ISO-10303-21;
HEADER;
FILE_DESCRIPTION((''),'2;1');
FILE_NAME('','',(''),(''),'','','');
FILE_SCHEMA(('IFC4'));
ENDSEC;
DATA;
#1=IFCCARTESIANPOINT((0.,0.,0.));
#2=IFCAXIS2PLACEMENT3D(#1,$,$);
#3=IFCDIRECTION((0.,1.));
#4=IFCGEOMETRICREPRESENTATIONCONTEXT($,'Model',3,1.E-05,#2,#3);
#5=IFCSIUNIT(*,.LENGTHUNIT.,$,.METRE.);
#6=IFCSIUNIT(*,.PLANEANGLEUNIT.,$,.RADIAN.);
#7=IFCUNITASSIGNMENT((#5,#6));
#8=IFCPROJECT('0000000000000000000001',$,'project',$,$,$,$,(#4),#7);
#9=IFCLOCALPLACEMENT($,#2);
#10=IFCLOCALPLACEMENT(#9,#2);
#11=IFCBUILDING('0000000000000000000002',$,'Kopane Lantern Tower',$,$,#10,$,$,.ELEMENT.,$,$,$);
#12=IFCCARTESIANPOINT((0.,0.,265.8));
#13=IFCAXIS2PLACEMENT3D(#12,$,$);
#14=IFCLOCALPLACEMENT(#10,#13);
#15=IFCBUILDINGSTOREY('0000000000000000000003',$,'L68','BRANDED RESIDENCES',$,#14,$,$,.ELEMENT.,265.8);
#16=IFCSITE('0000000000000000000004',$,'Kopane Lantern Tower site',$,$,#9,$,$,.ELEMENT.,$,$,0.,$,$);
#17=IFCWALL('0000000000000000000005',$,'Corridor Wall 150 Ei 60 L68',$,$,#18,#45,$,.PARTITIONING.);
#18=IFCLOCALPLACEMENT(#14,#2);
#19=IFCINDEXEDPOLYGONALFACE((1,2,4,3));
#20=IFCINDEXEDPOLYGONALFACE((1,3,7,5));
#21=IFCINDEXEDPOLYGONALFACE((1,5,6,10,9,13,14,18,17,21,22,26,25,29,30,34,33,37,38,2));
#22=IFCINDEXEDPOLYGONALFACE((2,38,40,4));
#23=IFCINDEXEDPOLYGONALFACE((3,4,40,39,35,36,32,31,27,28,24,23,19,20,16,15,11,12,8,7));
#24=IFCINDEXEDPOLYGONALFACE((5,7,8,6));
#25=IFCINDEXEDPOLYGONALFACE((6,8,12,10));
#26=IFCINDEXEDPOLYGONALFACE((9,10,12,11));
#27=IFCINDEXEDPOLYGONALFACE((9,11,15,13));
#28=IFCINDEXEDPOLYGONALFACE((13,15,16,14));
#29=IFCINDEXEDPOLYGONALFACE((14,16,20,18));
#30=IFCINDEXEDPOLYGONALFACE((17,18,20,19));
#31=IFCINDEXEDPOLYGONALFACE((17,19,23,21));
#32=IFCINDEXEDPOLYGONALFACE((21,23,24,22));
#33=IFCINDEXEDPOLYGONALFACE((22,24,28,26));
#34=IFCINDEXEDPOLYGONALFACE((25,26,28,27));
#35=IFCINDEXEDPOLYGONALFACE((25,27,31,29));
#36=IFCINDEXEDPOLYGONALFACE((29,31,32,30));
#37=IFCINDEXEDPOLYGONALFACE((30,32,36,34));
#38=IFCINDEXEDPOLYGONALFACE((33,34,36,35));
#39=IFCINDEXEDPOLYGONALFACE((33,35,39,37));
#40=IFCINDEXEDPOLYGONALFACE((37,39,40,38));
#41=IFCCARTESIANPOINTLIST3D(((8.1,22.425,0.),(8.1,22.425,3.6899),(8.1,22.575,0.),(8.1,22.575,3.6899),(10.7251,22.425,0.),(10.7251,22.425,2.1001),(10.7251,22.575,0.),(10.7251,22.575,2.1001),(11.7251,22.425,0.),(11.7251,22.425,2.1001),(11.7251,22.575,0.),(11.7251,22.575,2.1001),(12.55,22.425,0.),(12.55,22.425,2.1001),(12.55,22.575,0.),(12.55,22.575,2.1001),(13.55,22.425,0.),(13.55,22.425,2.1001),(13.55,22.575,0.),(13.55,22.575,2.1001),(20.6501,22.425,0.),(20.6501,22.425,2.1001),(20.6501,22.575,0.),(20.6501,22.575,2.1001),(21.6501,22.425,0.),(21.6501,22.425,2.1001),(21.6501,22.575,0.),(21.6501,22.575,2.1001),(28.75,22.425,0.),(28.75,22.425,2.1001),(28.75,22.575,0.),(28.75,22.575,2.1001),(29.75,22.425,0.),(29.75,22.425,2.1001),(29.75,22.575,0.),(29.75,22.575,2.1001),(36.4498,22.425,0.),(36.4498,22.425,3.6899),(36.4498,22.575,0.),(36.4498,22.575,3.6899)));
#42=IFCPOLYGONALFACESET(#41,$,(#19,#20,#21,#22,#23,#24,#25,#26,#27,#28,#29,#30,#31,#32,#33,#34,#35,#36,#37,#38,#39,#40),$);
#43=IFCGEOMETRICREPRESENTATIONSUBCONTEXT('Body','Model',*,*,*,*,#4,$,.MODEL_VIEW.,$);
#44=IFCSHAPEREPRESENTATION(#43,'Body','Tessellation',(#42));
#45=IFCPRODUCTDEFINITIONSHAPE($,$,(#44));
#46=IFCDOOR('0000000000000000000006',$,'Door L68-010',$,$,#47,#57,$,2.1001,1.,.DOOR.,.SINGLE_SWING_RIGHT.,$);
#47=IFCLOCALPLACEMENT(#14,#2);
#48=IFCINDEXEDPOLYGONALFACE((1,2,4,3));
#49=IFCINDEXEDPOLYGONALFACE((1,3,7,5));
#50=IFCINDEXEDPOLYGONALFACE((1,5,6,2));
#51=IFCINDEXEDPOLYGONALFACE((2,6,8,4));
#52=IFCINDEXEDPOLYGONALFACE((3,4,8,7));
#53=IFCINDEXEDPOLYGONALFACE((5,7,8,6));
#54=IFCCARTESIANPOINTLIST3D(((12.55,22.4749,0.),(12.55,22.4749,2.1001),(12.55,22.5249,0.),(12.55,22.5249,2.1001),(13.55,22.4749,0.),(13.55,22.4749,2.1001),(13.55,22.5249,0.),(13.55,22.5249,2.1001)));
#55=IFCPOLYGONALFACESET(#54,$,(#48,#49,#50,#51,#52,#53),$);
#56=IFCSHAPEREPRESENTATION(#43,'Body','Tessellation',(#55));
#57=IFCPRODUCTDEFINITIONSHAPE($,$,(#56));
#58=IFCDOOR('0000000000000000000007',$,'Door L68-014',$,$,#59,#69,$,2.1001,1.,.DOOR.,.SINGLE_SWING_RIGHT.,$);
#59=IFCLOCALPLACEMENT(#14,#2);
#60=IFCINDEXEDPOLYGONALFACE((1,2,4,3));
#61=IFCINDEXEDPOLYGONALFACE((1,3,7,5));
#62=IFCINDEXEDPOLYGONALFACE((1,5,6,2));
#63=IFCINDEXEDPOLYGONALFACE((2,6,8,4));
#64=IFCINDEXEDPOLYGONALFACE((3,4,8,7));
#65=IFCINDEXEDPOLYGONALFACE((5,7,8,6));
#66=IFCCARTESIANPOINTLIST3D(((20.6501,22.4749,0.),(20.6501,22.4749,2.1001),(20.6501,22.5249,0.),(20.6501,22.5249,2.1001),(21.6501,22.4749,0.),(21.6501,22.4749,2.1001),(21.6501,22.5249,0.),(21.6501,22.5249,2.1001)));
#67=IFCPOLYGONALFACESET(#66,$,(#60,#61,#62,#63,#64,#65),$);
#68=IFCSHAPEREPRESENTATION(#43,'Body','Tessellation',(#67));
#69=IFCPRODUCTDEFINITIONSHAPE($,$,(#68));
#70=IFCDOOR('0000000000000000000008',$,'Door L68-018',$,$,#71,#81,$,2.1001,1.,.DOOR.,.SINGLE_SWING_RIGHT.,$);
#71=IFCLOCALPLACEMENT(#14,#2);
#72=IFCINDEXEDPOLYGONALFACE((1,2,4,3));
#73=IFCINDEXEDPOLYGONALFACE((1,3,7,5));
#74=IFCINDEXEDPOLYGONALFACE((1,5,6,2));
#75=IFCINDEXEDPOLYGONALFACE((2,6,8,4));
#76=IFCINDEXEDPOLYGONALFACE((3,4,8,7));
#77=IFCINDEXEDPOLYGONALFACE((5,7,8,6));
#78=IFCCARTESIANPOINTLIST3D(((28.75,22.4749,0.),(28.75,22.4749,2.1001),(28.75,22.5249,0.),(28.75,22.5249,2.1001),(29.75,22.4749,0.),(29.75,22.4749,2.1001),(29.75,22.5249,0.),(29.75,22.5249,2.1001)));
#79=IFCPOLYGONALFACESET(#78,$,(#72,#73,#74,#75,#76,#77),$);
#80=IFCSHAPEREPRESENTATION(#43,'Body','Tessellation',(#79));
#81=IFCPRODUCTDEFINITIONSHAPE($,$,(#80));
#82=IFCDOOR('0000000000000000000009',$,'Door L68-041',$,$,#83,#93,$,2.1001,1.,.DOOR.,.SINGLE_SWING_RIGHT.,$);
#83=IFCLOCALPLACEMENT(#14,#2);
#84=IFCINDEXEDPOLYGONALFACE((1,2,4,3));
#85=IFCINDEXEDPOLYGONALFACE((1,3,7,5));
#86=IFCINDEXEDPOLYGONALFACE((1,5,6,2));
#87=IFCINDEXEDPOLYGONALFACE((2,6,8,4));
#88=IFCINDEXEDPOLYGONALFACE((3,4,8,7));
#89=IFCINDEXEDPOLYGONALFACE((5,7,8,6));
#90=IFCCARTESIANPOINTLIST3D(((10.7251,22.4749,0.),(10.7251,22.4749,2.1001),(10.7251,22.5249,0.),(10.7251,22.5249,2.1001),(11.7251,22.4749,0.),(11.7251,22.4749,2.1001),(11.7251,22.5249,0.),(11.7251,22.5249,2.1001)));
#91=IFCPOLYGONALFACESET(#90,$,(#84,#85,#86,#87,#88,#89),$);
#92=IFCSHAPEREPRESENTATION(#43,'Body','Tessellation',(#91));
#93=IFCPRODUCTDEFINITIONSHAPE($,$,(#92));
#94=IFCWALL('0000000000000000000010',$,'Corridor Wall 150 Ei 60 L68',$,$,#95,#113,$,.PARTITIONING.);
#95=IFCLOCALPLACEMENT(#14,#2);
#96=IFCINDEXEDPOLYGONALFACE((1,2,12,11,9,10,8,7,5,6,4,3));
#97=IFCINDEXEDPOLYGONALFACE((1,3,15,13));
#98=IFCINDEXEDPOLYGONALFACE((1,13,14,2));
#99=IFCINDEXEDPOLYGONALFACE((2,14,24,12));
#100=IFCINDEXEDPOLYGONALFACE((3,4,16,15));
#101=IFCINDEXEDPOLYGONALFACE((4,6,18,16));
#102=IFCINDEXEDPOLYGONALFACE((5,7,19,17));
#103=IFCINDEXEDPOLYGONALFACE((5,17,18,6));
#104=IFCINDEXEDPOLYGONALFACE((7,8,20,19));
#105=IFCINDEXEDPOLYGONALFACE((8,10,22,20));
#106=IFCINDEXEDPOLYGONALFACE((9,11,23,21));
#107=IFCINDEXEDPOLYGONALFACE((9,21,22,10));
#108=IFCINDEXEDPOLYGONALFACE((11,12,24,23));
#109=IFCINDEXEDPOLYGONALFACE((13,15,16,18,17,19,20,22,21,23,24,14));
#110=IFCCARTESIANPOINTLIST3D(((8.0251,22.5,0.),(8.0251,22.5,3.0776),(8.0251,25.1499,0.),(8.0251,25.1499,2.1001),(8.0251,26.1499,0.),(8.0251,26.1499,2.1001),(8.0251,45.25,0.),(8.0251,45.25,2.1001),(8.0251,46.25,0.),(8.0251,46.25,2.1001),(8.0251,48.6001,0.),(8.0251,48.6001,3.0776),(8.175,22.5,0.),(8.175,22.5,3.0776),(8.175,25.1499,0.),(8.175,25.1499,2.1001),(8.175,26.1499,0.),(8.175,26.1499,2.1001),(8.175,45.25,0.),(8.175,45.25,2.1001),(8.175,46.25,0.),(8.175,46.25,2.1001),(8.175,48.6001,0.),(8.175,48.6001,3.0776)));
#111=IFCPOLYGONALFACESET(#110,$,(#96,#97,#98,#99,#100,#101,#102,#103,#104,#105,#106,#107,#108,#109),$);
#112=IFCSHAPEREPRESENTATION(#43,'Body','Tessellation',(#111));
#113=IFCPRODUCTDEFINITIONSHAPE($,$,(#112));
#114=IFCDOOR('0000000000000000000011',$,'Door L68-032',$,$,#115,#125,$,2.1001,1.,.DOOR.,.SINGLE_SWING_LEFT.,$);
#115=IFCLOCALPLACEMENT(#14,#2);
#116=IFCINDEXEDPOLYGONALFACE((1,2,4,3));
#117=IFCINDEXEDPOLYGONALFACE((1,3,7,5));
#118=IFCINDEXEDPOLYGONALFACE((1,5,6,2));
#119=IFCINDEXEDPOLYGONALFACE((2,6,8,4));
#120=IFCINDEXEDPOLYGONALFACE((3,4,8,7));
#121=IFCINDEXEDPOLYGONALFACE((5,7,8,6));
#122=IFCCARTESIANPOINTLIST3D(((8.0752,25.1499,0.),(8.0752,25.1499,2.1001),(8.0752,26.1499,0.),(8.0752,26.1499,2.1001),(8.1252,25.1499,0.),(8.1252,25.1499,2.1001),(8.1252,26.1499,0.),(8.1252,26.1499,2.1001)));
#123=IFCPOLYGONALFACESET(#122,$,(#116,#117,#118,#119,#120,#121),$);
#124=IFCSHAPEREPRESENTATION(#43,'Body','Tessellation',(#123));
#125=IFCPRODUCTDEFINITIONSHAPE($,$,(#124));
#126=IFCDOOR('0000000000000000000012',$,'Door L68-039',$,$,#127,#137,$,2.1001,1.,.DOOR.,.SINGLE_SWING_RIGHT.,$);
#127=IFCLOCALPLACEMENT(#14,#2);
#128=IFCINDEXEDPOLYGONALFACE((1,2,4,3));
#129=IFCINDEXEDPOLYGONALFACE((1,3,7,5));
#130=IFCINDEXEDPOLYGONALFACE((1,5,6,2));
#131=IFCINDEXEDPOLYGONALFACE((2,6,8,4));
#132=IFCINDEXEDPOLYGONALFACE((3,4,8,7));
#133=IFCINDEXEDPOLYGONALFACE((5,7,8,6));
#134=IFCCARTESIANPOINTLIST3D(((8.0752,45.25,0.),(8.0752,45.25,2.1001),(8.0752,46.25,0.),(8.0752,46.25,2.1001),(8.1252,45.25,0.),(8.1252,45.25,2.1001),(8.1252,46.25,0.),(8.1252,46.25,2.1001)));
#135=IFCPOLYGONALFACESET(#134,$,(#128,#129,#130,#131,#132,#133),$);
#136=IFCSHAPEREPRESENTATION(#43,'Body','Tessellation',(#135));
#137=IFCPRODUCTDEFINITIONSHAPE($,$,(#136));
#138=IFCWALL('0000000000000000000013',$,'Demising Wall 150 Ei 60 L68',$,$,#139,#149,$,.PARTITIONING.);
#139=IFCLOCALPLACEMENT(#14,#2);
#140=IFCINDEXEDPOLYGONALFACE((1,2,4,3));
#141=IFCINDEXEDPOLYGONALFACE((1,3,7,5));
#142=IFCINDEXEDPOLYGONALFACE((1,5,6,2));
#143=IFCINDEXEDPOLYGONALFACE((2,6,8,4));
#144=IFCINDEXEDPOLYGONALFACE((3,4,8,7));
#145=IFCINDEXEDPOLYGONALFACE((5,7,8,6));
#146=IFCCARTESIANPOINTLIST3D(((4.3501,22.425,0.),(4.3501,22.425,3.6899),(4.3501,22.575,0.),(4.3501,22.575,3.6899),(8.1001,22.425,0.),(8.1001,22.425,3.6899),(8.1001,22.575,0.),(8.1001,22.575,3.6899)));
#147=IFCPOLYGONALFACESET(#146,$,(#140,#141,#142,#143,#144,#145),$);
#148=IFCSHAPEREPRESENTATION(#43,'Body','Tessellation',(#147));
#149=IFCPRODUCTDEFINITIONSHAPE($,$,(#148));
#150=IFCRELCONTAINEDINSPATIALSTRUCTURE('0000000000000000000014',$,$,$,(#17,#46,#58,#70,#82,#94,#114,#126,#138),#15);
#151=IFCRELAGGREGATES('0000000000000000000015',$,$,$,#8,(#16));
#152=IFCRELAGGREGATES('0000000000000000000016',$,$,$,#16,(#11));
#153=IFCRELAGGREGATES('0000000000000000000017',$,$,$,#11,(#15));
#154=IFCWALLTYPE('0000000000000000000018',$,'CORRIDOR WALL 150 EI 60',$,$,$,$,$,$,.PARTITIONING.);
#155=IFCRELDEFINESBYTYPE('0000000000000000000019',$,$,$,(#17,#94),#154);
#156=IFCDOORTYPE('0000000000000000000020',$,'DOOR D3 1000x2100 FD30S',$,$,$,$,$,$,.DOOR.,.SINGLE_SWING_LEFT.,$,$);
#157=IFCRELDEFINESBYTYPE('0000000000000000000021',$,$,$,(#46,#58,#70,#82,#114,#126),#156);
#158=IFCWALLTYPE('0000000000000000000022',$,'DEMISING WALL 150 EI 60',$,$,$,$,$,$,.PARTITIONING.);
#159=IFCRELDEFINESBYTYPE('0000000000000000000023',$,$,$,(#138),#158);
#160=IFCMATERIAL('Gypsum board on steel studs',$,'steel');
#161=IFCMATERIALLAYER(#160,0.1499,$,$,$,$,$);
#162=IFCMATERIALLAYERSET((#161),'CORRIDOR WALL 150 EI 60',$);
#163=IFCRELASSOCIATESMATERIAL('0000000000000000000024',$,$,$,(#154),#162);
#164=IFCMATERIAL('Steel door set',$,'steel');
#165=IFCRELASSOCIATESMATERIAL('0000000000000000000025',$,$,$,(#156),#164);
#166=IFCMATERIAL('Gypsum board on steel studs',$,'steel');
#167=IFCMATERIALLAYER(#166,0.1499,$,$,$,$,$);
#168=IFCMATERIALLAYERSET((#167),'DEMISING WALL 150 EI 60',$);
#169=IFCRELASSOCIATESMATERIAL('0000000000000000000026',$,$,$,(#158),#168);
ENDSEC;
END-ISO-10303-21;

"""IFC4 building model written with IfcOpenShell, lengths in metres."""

from ifc_helpers import new_model, si_unit, direction, frame, frame_2d, origin, place, context, subcontext, project, spatial, rectangle, extrude, material, layer, layer_set, type_object, element, fill, save


model = new_model("IFC4")

# Units and contexts
model_context = context("Model", 3, precision=1e-05, world=origin(), true_north=direction((0.0, 1.0)))
body_context = subcontext(model_context, "Body", "Model", "MODEL_VIEW")
ifc_project = project(units=[si_unit("LENGTHUNIT", "METRE"), si_unit("PLANEANGLEUNIT", "RADIAN")], contexts=[model_context])

# Site, building, storey
site_placement = place(None, origin())
site = spatial("IfcSite", under=ifc_project, at=site_placement, Name="Kopane Lantern Tower site", CompositionType="ELEMENT", RefElevation=0.0)
building_placement = place(site_placement, origin())
building = spatial("IfcBuilding", under=site, at=building_placement, Name="Kopane Lantern Tower", CompositionType="ELEMENT")
storey_placement = place(building_placement, frame((0.0, 0.0, 265.8)))
storey = spatial("IfcBuildingStorey", under=building, at=storey_placement, Name="L68", Description="BRANDED RESIDENCES", CompositionType="ELEMENT", Elevation=265.8)

# Walls, openings, doors
ifc_material_1 = material(Name="Gypsum board on steel studs", Category="steel")
ifc_layer_1 = layer(ifc_material_1, 0.1499)
ifc_layer_set_1 = layer_set([ifc_layer_1], Name="CORRIDOR WALL 150 EI 60")
wall_type_1 = type_object("IfcWallType", Name="CORRIDOR WALL 150 EI 60", PredefinedType="PARTITIONING", material=ifc_layer_set_1)
wall_1_placement = place(storey_placement, frame((8.1001, 22.5, 0.0), z_axis=(0.0, 0.0, 1.0), x_axis=(1.0, 0.0, 0.0)))
wall_1 = element("IfcWall", 1, at=wall_1_placement, inside=storey, type_object=wall_type_1, Name="Corridor Wall 150 Ei 60 L68", PredefinedType="PARTITIONING", context=body_context, shape_type="SweptSolid", body=[
    extrude(rectangle(XDim=28.3499, YDim=0.1499, at=frame_2d((14.1748, 0.0))), origin(), (0.0, 0.0, 1.0), 3.6899),
])
opening_1_placement = place(wall_1_placement, frame((4.45, 0.0, 0.0)))
opening_1 = element("IfcOpeningElement", 2, at=opening_1_placement, cuts=wall_1, PredefinedType="OPENING", context=body_context, shape_type="SweptSolid", body=[
    extrude(rectangle(XDim=1.0, YDim=2.1001, at=frame_2d((0.5, 1.05))), frame((0.0, 0.085, 0.0), z_axis=(0.0, -1.0, 0.0), x_axis=(1.0, 0.0, 0.0)), (0.0, 0.0, 1.0), 0.1699),
])
opening_2_placement = place(wall_1_placement, frame((12.55, 0.0, 0.0)))
opening_2 = element("IfcOpeningElement", 3, at=opening_2_placement, cuts=wall_1, PredefinedType="OPENING", context=body_context, shape_type="SweptSolid", body=[
    extrude(rectangle(XDim=1.0, YDim=2.1001, at=frame_2d((0.5, 1.05))), frame((0.0, 0.085, 0.0), z_axis=(0.0, -1.0, 0.0), x_axis=(1.0, 0.0, 0.0)), (0.0, 0.0, 1.0), 0.1699),
])
opening_3_placement = place(wall_1_placement, frame((20.6499, 0.0, 0.0)))
opening_3 = element("IfcOpeningElement", 4, at=opening_3_placement, cuts=wall_1, PredefinedType="OPENING", context=body_context, shape_type="SweptSolid", body=[
    extrude(rectangle(XDim=1.0, YDim=2.1001, at=frame_2d((0.5, 1.05))), frame((0.0, 0.085, 0.0), z_axis=(0.0, -1.0, 0.0), x_axis=(1.0, 0.0, 0.0)), (0.0, 0.0, 1.0), 0.1699),
])
opening_4_placement = place(wall_1_placement, frame((2.625, 0.0, 0.0)))
opening_4 = element("IfcOpeningElement", 5, at=opening_4_placement, cuts=wall_1, PredefinedType="OPENING", context=body_context, shape_type="SweptSolid", body=[
    extrude(rectangle(XDim=1.0, YDim=2.1001, at=frame_2d((0.5, 1.05))), frame((0.0, 0.085, 0.0), z_axis=(0.0, -1.0, 0.0), x_axis=(1.0, 0.0, 0.0)), (0.0, 0.0, 1.0), 0.1699),
])
ifc_material_2 = material(Name="Steel door set", Category="steel")
door_type_1 = type_object("IfcDoorType", Name="DOOR D3 1000x2100 FD30S", OperationType="SINGLE_SWING_LEFT", PredefinedType="DOOR", material=ifc_material_2)
door_1_placement = place(opening_1_placement, origin())
door_1 = element("IfcDoor", 6, at=door_1_placement, inside=storey, type_object=door_type_1, Name="Door L68-010", OperationType="SINGLE_SWING_RIGHT", OverallHeight=2.1001, OverallWidth=1.0, PredefinedType="DOOR", context=body_context, shape_type="SweptSolid", body=[
    extrude(rectangle(XDim=1.0, YDim=2.1001, at=frame_2d((0.5, 1.05))), frame((0.0, 0.0249, 0.0), z_axis=(0.0, -1.0, 0.0), x_axis=(1.0, 0.0, 0.0)), (0.0, 0.0, 1.0), 0.05),
])
fill(opening_1, door_1)
door_2_placement = place(opening_2_placement, origin())
door_2 = element("IfcDoor", 7, at=door_2_placement, inside=storey, type_object=door_type_1, Name="Door L68-014", OperationType="SINGLE_SWING_RIGHT", OverallHeight=2.1001, OverallWidth=1.0, PredefinedType="DOOR", context=body_context, shape_type="SweptSolid", body=[
    extrude(rectangle(XDim=1.0, YDim=2.1001, at=frame_2d((0.5, 1.05))), frame((0.0, 0.0249, 0.0), z_axis=(0.0, -1.0, 0.0), x_axis=(1.0, 0.0, 0.0)), (0.0, 0.0, 1.0), 0.05),
])
fill(opening_2, door_2)
door_3_placement = place(opening_3_placement, origin())
door_3 = element("IfcDoor", 8, at=door_3_placement, inside=storey, type_object=door_type_1, Name="Door L68-018", OperationType="SINGLE_SWING_RIGHT", OverallHeight=2.1001, OverallWidth=1.0, PredefinedType="DOOR", context=body_context, shape_type="SweptSolid", body=[
    extrude(rectangle(XDim=1.0, YDim=2.1001, at=frame_2d((0.5, 1.05))), frame((0.0, 0.0249, 0.0), z_axis=(0.0, -1.0, 0.0), x_axis=(1.0, 0.0, 0.0)), (0.0, 0.0, 1.0), 0.05),
])
fill(opening_3, door_3)
door_4_placement = place(opening_4_placement, origin())
door_4 = element("IfcDoor", 9, at=door_4_placement, inside=storey, type_object=door_type_1, Name="Door L68-041", OperationType="SINGLE_SWING_RIGHT", OverallHeight=2.1001, OverallWidth=1.0, PredefinedType="DOOR", context=body_context, shape_type="SweptSolid", body=[
    extrude(rectangle(XDim=1.0, YDim=2.1001, at=frame_2d((0.5, 1.05))), frame((0.0, 0.0249, 0.0), z_axis=(0.0, -1.0, 0.0), x_axis=(1.0, 0.0, 0.0)), (0.0, 0.0, 1.0), 0.05),
])
fill(opening_4, door_4)
wall_2_placement = place(storey_placement, frame((8.1001, 22.5, 0.0), z_axis=(0.0, 0.0, 1.0), x_axis=(0.0, 1.0, 0.0)))
wall_2 = element("IfcWall", 10, at=wall_2_placement, inside=storey, type_object=wall_type_1, Name="Corridor Wall 150 Ei 60 L68", PredefinedType="PARTITIONING", context=body_context, shape_type="SweptSolid", body=[
    extrude(rectangle(XDim=26.1001, YDim=0.1499, at=frame_2d((13.05, 0.0))), origin(), (0.0, 0.0, 1.0), 3.0776),
])
opening_5_placement = place(wall_2_placement, frame((2.6499, 0.0, 0.0)))
opening_5 = element("IfcOpeningElement", 11, at=opening_5_placement, cuts=wall_2, PredefinedType="OPENING", context=body_context, shape_type="SweptSolid", body=[
    extrude(rectangle(XDim=1.0, YDim=2.1001, at=frame_2d((0.5, 1.05))), frame((0.0, 0.085, 0.0), z_axis=(0.0, -1.0, 0.0), x_axis=(1.0, 0.0, 0.0)), (0.0, 0.0, 1.0), 0.1699),
])
opening_6_placement = place(wall_2_placement, frame((22.75, 0.0, 0.0)))
opening_6 = element("IfcOpeningElement", 12, at=opening_6_placement, cuts=wall_2, PredefinedType="OPENING", context=body_context, shape_type="SweptSolid", body=[
    extrude(rectangle(XDim=1.0, YDim=2.1001, at=frame_2d((0.5, 1.05))), frame((0.0, 0.085, 0.0), z_axis=(0.0, -1.0, 0.0), x_axis=(1.0, 0.0, 0.0)), (0.0, 0.0, 1.0), 0.1699),
])
door_5_placement = place(opening_5_placement, origin())
door_5 = element("IfcDoor", 13, at=door_5_placement, inside=storey, type_object=door_type_1, Name="Door L68-032", OperationType="SINGLE_SWING_LEFT", OverallHeight=2.1001, OverallWidth=1.0, PredefinedType="DOOR", context=body_context, shape_type="SweptSolid", body=[
    extrude(rectangle(XDim=1.0, YDim=2.1001, at=frame_2d((0.5, 1.05))), frame((0.0, 0.0249, 0.0), z_axis=(0.0, -1.0, 0.0), x_axis=(1.0, 0.0, 0.0)), (0.0, 0.0, 1.0), 0.05),
])
fill(opening_5, door_5)
door_6_placement = place(opening_6_placement, origin())
door_6 = element("IfcDoor", 14, at=door_6_placement, inside=storey, type_object=door_type_1, Name="Door L68-039", OperationType="SINGLE_SWING_RIGHT", OverallHeight=2.1001, OverallWidth=1.0, PredefinedType="DOOR", context=body_context, shape_type="SweptSolid", body=[
    extrude(rectangle(XDim=1.0, YDim=2.1001, at=frame_2d((0.5, 1.05))), frame((0.0, 0.0249, 0.0), z_axis=(0.0, -1.0, 0.0), x_axis=(1.0, 0.0, 0.0)), (0.0, 0.0, 1.0), 0.05),
])
fill(opening_6, door_6)

# Wall
ifc_material_3 = material(Name="Gypsum board on steel studs", Category="steel")
ifc_layer_2 = layer(ifc_material_3, 0.1499)
ifc_layer_set_2 = layer_set([ifc_layer_2], Name="DEMISING WALL 150 EI 60")
wall_type_2 = type_object("IfcWallType", Name="DEMISING WALL 150 EI 60", PredefinedType="PARTITIONING", material=ifc_layer_set_2)
wall_3_placement = place(storey_placement, frame((4.3501, 22.5, 0.0), z_axis=(0.0, 0.0, 1.0), x_axis=(1.0, 0.0, 0.0)))
element("IfcWall", 15, at=wall_3_placement, inside=storey, type_object=wall_type_2, Name="Demising Wall 150 Ei 60 L68", PredefinedType="PARTITIONING", context=body_context, shape_type="SweptSolid", body=[
    extrude(rectangle(XDim=3.75, YDim=0.1499, at=frame_2d((1.875, 0.0))), origin(), (0.0, 0.0, 1.0), 3.6899),
])

save(model, "model.ifc")
